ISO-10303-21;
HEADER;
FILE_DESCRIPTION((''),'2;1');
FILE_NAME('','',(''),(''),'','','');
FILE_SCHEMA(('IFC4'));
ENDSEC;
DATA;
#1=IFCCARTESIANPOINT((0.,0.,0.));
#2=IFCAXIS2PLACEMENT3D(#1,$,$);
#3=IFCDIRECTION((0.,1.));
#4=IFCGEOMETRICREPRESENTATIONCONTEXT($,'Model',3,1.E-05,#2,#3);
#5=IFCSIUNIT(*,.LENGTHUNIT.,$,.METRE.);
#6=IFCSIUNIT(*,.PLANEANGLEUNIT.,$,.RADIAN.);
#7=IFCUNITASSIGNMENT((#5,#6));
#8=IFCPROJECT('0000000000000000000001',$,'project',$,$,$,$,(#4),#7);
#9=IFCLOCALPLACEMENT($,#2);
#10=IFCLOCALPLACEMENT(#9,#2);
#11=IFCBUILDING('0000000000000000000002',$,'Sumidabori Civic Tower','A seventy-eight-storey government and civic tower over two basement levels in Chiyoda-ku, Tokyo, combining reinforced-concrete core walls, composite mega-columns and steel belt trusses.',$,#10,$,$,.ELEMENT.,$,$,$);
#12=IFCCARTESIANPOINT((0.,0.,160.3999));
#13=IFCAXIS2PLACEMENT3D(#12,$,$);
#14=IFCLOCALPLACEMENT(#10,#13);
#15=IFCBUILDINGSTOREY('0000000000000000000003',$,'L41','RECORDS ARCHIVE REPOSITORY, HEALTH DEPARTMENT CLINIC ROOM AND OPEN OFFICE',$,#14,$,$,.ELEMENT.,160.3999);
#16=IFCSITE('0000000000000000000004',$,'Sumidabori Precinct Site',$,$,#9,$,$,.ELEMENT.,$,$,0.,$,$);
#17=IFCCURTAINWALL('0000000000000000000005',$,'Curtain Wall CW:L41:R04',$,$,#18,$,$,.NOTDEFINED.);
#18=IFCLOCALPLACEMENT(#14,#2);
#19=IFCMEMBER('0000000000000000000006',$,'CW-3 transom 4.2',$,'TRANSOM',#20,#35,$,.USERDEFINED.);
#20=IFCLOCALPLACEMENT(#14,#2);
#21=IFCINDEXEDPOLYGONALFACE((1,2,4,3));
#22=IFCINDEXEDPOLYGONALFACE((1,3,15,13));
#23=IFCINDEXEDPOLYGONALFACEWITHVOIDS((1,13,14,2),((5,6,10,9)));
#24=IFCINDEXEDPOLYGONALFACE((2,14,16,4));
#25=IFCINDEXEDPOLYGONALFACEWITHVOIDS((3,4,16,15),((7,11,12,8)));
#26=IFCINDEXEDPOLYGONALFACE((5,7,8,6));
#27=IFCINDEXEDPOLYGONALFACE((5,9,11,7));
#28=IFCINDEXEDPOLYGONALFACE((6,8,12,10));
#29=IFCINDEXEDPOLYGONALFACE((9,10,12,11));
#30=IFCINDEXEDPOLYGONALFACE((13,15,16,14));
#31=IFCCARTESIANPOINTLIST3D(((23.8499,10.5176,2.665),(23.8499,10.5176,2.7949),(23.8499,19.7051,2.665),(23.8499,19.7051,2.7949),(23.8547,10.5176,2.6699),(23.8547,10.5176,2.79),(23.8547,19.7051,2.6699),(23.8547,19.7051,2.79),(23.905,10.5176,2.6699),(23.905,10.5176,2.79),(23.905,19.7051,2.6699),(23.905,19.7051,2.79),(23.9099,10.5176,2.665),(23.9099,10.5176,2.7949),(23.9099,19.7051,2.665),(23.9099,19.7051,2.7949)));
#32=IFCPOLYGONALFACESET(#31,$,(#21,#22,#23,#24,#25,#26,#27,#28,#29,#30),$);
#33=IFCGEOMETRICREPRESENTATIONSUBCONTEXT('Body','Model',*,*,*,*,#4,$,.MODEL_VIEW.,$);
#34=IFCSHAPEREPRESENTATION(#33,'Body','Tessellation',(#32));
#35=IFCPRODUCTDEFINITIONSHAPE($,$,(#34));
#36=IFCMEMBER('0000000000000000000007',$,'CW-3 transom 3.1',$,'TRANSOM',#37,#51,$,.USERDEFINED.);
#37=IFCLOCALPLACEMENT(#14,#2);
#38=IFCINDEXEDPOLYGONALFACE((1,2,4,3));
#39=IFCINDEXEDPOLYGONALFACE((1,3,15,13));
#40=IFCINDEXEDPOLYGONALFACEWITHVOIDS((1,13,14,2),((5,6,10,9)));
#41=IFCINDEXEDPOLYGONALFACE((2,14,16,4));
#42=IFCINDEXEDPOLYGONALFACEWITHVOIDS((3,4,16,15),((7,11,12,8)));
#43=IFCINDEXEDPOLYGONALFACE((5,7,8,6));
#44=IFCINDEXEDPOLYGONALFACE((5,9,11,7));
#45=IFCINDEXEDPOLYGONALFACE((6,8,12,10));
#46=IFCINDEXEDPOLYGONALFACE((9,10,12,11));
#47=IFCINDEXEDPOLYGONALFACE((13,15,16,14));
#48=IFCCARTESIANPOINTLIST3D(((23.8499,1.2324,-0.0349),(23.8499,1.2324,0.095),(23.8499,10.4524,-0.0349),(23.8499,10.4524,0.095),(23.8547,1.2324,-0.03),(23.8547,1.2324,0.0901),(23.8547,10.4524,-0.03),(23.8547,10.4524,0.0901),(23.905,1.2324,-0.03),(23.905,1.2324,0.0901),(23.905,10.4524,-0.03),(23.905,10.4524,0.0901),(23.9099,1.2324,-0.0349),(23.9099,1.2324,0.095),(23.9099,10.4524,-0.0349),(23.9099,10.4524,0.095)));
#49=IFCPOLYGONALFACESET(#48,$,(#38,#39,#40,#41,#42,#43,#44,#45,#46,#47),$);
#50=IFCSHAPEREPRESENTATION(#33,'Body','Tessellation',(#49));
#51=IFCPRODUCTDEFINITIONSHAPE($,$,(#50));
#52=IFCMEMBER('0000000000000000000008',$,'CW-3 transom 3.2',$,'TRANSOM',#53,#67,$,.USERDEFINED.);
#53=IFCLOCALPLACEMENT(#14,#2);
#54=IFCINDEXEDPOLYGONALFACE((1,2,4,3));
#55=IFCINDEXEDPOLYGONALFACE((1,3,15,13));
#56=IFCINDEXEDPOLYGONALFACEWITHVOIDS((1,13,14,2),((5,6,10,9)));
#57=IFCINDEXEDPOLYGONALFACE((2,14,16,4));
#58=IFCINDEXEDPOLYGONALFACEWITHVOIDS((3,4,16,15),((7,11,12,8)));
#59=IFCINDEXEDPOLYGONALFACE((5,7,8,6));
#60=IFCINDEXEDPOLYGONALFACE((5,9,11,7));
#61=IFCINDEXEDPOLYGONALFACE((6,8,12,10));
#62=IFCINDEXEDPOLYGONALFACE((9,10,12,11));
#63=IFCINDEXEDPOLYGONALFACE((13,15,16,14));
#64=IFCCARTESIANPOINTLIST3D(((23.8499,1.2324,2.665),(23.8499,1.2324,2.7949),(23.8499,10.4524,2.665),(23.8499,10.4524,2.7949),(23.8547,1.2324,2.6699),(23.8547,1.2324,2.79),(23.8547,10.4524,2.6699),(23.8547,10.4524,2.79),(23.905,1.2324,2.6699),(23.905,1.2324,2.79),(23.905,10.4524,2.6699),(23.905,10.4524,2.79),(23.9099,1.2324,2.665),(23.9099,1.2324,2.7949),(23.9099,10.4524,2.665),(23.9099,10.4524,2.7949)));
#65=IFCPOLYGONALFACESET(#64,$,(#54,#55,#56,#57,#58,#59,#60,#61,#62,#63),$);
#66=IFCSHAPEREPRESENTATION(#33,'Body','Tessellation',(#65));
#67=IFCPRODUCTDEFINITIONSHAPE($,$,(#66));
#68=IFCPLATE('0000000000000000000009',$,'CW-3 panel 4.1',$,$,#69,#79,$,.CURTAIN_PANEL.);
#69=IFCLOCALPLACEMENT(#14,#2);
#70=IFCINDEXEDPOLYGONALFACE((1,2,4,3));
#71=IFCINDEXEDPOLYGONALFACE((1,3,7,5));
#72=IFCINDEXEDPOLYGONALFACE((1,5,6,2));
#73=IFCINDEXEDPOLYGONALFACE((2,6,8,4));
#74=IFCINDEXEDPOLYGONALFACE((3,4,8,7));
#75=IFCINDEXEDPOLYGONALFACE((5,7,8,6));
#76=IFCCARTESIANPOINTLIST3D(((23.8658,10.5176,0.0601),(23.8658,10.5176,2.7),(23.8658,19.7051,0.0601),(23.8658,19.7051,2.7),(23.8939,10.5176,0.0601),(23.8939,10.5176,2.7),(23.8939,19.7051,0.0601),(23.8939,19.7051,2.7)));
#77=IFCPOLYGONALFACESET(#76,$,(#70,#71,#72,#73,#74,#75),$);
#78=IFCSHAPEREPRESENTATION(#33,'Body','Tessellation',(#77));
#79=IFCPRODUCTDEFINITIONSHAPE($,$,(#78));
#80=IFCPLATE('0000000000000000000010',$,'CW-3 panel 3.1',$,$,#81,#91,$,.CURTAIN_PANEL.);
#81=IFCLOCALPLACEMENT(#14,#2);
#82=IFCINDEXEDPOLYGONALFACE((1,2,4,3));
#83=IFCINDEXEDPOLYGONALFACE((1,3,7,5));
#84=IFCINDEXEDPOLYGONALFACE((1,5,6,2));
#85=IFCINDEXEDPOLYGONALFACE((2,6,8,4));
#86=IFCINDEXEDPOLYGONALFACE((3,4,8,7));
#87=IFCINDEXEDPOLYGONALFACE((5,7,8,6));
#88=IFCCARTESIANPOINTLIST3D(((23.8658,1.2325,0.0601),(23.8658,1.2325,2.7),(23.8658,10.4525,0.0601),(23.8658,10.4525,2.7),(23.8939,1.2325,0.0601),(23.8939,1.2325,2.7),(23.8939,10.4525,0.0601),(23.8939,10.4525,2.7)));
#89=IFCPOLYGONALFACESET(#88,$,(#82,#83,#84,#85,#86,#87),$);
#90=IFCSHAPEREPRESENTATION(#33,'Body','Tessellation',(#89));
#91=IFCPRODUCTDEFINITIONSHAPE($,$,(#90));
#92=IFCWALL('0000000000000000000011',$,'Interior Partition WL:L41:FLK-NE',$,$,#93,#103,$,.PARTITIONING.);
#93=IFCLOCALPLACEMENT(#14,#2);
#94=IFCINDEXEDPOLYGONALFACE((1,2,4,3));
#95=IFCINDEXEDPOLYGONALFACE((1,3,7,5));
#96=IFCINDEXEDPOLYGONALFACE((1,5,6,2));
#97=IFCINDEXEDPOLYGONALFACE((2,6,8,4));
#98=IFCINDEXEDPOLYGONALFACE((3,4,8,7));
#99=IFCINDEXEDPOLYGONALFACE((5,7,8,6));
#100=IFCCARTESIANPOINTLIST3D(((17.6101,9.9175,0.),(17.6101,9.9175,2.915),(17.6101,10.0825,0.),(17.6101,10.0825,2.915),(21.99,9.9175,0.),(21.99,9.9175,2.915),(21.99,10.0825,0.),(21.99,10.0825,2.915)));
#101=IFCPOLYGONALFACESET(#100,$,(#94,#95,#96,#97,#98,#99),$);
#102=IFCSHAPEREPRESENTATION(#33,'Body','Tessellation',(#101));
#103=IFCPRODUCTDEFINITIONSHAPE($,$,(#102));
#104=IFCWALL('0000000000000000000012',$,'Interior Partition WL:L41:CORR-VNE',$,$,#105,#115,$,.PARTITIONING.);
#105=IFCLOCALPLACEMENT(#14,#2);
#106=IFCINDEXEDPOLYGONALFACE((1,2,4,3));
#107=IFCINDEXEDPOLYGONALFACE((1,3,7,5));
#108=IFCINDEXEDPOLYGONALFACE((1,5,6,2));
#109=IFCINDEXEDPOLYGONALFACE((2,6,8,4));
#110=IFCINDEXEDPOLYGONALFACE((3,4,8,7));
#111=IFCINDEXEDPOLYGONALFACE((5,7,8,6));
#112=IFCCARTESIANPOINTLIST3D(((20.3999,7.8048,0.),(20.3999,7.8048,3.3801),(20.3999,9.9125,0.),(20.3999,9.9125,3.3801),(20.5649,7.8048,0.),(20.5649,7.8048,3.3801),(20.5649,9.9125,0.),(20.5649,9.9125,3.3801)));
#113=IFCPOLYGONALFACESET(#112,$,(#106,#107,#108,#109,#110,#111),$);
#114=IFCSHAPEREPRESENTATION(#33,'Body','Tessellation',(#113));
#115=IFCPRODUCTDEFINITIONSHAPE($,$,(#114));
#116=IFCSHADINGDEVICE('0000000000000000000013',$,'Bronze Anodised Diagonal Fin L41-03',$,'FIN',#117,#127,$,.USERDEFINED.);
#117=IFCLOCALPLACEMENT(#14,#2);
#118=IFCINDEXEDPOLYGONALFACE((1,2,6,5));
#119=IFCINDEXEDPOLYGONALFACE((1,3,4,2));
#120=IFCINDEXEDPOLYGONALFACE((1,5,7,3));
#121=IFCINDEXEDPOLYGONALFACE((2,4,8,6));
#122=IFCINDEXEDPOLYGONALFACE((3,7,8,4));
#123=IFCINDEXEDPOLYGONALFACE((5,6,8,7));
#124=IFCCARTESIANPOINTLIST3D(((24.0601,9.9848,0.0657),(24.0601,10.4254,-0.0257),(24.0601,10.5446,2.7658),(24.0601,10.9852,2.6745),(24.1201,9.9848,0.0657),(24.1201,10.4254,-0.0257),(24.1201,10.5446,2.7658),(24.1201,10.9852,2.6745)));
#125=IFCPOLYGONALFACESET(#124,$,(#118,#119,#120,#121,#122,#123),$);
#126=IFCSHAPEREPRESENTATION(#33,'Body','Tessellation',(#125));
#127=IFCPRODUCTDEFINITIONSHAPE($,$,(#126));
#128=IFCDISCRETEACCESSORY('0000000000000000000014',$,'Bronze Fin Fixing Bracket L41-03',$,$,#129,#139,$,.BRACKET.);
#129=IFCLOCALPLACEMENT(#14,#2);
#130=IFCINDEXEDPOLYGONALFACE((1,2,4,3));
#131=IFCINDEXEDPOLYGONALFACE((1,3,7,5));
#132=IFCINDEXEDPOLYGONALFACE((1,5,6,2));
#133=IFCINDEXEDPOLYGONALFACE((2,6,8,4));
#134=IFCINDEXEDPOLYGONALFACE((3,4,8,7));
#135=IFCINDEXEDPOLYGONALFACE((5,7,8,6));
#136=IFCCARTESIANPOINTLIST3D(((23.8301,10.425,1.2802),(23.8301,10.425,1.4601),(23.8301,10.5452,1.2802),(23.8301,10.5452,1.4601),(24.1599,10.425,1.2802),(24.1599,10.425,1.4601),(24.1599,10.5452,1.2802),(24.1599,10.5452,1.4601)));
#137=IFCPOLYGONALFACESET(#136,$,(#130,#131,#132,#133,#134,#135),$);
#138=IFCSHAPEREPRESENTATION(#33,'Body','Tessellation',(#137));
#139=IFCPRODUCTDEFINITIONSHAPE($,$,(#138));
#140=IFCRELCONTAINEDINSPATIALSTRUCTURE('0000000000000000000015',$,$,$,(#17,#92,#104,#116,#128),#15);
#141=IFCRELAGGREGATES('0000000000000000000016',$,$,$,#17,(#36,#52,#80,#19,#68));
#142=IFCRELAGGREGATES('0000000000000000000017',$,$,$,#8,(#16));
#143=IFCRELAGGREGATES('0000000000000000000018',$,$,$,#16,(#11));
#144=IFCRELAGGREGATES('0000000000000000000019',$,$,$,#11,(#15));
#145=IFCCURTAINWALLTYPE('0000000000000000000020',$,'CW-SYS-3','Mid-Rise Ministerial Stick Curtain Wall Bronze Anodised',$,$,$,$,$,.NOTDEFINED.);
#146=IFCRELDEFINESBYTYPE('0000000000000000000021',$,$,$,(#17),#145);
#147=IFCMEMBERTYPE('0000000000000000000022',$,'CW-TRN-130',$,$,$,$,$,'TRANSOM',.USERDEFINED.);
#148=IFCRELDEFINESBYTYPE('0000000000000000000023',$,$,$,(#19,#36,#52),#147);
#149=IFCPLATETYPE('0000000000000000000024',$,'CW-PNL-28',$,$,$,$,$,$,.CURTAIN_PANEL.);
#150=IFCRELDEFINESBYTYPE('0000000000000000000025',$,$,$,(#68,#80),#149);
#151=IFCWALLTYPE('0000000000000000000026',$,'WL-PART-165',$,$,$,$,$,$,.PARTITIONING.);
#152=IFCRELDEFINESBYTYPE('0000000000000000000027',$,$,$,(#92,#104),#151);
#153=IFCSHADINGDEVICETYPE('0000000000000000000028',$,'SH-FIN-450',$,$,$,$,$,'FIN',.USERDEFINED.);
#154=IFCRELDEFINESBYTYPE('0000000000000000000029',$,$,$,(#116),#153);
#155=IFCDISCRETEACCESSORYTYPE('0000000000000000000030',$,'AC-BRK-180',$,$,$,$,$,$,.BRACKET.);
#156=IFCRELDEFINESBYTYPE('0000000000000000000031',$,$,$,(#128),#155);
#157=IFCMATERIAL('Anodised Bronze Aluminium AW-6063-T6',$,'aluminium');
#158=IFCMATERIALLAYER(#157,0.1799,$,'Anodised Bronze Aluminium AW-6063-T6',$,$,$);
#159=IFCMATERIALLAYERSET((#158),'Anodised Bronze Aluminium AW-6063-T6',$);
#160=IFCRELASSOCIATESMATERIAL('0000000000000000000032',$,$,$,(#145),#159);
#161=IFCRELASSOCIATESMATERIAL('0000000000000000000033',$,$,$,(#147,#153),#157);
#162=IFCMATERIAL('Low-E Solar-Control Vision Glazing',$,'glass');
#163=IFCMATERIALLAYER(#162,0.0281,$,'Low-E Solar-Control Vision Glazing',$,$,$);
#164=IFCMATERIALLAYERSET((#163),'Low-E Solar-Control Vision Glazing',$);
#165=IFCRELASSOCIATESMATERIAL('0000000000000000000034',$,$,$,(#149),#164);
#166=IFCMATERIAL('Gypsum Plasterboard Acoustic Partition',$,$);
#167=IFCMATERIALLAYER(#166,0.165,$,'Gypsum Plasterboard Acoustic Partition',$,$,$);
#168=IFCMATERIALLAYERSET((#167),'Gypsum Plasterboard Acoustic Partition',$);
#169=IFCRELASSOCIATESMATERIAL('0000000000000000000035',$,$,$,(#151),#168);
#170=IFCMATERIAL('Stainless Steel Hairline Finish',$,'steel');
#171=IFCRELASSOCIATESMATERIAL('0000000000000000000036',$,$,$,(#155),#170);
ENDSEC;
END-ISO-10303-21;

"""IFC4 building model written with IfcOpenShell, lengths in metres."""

from ifc_helpers import new_model, si_unit, direction, frame, frame_2d, origin, origin_2d, place, context, subcontext, project, spatial, rectangle, hollow_rectangle, extrude, source, transform, mapped, material, layer, layer_set, material_profile, profile_set, type_object, element, aggregate, save


model = new_model("IFC4")

# Units and contexts
model_context = context("Model", 3, precision=1e-05, world=origin(), true_north=direction((0.0, 1.0)))
body_context = subcontext(model_context, "Body", "Model", "MODEL_VIEW")
ifc_project = project(units=[si_unit("LENGTHUNIT", "METRE"), si_unit("PLANEANGLEUNIT", "RADIAN")], contexts=[model_context])

# Site, building, storey
site_placement = place(None, origin())
site = spatial("IfcSite", under=ifc_project, at=site_placement, Name="Sumidabori Precinct Site", CompositionType="ELEMENT", RefElevation=0.0)
building_placement = place(site_placement, origin())
building = spatial("IfcBuilding", under=site, at=building_placement, Name="Sumidabori Civic Tower", Description="A seventy-eight-storey government and civic tower over two basement levels in Chiyoda-ku, Tokyo, combining reinforced-concrete core walls, composite mega-columns and steel belt trusses.", CompositionType="ELEMENT")
storey_placement = place(building_placement, frame((0.0, 0.0, 160.3999)))
storey = spatial("IfcBuildingStorey", under=building, at=storey_placement, Name="L41", Description="RECORDS ARCHIVE REPOSITORY, HEALTH DEPARTMENT CLINIC ROOM AND OPEN OFFICE", CompositionType="ELEMENT", Elevation=160.3999)

# Curtain wall, members, plates
ifc_material_1 = material(Name="Anodised Bronze Aluminium AW-6063-T6", Category="aluminium")
ifc_layer_1 = layer(ifc_material_1, 0.1799, Name="Anodised Bronze Aluminium AW-6063-T6")
ifc_layer_set_1 = layer_set([ifc_layer_1], Name="Anodised Bronze Aluminium AW-6063-T6")
curtain_wall_type = type_object("IfcCurtainWallType", Name="CW-SYS-3", Description="Mid-Rise Ministerial Stick Curtain Wall Bronze Anodised", PredefinedType="NOTDEFINED", material=ifc_layer_set_1)
curtain_wall_placement = place(storey_placement, origin())
curtain_wall = element("IfcCurtainWall", 1, at=curtain_wall_placement, inside=storey, type_object=curtain_wall_type, Name="Curtain Wall CW:L41:R04", PredefinedType="NOTDEFINED")
ifc_material_profile_1 = material_profile(ifc_material_1, hollow_rectangle(XDim=0.0601, YDim=0.1299, WallThickness=0.0049, at=origin_2d()), Name="ALU TRANSOM 130x60")
ifc_profile_set_1 = profile_set([ifc_material_profile_1], Name="Anodised Bronze Aluminium AW-6063-T6")
member_type_1 = type_object("IfcMemberType", Name="CW-TRN-130", ElementType="TRANSOM", PredefinedType="USERDEFINED", material=ifc_profile_set_1)
shared_shape_1 = source(origin(), body_context, "Body", "SweptSolid", [
    extrude(hollow_rectangle(XDim=0.0601, YDim=0.1299, WallThickness=0.0049, at=origin_2d()), origin(), (0.0, 0.0, 1.0), 9.1875),
])
member_1_placement = place(storey_placement, frame((23.8799, 10.5176, 2.73), z_axis=(0.0, 1.0, 0.0), x_axis=(-1.0, 0.0, 0.0)))
member_1 = element("IfcMember", 2, at=member_1_placement, type_object=member_type_1, Name="CW-3 transom 4.2", ObjectType="TRANSOM", PredefinedType="USERDEFINED", context=body_context, shape_type="MappedRepresentation", body=[
    mapped(shared_shape_1, transform((0.0, 0.0, 0.0), x_axis=(1.0, 0.0, 0.0), y_axis=(0.0, 1.0, 0.0), z_axis=(0.0, 0.0, 1.0), scale=1.0)),
])
shared_shape_2 = source(origin(), body_context, "Body", "SweptSolid", [
    extrude(hollow_rectangle(XDim=0.0601, YDim=0.1299, WallThickness=0.0049, at=origin_2d()), origin(), (0.0, 0.0, 1.0), 9.22),
])
member_2_placement = place(storey_placement, frame((23.8799, 1.2324, 0.03), z_axis=(0.0, 1.0, 0.0), x_axis=(-1.0, 0.0, 0.0)))
member_2 = element("IfcMember", 3, at=member_2_placement, type_object=member_type_1, Name="CW-3 transom 3.1", ObjectType="TRANSOM", PredefinedType="USERDEFINED", context=body_context, shape_type="MappedRepresentation", body=[
    mapped(shared_shape_2, transform((0.0, 0.0, 0.0), x_axis=(1.0, 0.0, 0.0), y_axis=(0.0, 1.0, 0.0), z_axis=(0.0, 0.0, 1.0), scale=1.0)),
])
member_3_placement = place(storey_placement, frame((23.8799, 1.2324, 2.73), z_axis=(0.0, 1.0, 0.0), x_axis=(-1.0, 0.0, 0.0)))
member_3 = element("IfcMember", 4, at=member_3_placement, type_object=member_type_1, Name="CW-3 transom 3.2", ObjectType="TRANSOM", PredefinedType="USERDEFINED", context=body_context, shape_type="MappedRepresentation", body=[
    mapped(shared_shape_2, transform((0.0, 0.0, 0.0), x_axis=(1.0, 0.0, 0.0), y_axis=(0.0, 1.0, 0.0), z_axis=(0.0, 0.0, 1.0), scale=1.0)),
])
ifc_material_2 = material(Name="Low-E Solar-Control Vision Glazing", Category="glass")
ifc_layer_2 = layer(ifc_material_2, 0.0281, Name="Low-E Solar-Control Vision Glazing")
ifc_layer_set_2 = layer_set([ifc_layer_2], Name="Low-E Solar-Control Vision Glazing")
plate_type = type_object("IfcPlateType", Name="CW-PNL-28", PredefinedType="CURTAIN_PANEL", material=ifc_layer_set_2)
shared_shape_3 = source(origin(), body_context, "Body", "SweptSolid", [
    extrude(rectangle(XDim=9.1875, YDim=0.0281, at=origin_2d()), origin(), (0.0, 0.0, 1.0), 2.6399),
])
plate_1_placement = place(storey_placement, frame((23.8799, 15.1113, 0.0601), z_axis=(0.0, 0.0, 1.0), x_axis=(0.0, 1.0, 0.0)))
plate_1 = element("IfcPlate", 5, at=plate_1_placement, type_object=plate_type, Name="CW-3 panel 4.1", PredefinedType="CURTAIN_PANEL", context=body_context, shape_type="MappedRepresentation", body=[
    mapped(shared_shape_3, transform((0.0, 0.0, 0.0), x_axis=(1.0, 0.0, 0.0), y_axis=(0.0, 1.0, 0.0), z_axis=(0.0, 0.0, 1.0), scale=1.0)),
])
shared_shape_4 = source(origin(), body_context, "Body", "SweptSolid", [
    extrude(rectangle(XDim=9.22, YDim=0.0281, at=origin_2d()), origin(), (0.0, 0.0, 1.0), 2.6399),
])
plate_2_placement = place(storey_placement, frame((23.8799, 5.8425, 0.0601), z_axis=(0.0, 0.0, 1.0), x_axis=(0.0, 1.0, 0.0)))
plate_2 = element("IfcPlate", 6, at=plate_2_placement, type_object=plate_type, Name="CW-3 panel 3.1", PredefinedType="CURTAIN_PANEL", context=body_context, shape_type="MappedRepresentation", body=[
    mapped(shared_shape_4, transform((0.0, 0.0, 0.0), x_axis=(1.0, 0.0, 0.0), y_axis=(0.0, 1.0, 0.0), z_axis=(0.0, 0.0, 1.0), scale=1.0)),
])
aggregate(curtain_wall, [member_2, member_3, plate_2, member_1, plate_1])

# Walls
ifc_material_3 = material(Name="Gypsum Plasterboard Acoustic Partition")
ifc_layer_3 = layer(ifc_material_3, 0.165, Name="Gypsum Plasterboard Acoustic Partition")
ifc_layer_set_3 = layer_set([ifc_layer_3], Name="Gypsum Plasterboard Acoustic Partition")
wall_type = type_object("IfcWallType", Name="WL-PART-165", PredefinedType="PARTITIONING", material=ifc_layer_set_3)
shared_shape_5 = source(origin(), body_context, "Body", "SweptSolid", [
    extrude(rectangle(XDim=4.3799, YDim=0.165, at=frame_2d((2.1899, 0.0))), origin(), (0.0, 0.0, 1.0), 2.915),
])
wall_1_placement = place(storey_placement, frame((17.6101, 10.0, 0.0), z_axis=(0.0, 0.0, 1.0), x_axis=(1.0, 0.0, 0.0)))
element("IfcWall", 7, at=wall_1_placement, inside=storey, type_object=wall_type, Name="Interior Partition WL:L41:FLK-NE", PredefinedType="PARTITIONING", context=body_context, shape_type="MappedRepresentation", body=[
    mapped(shared_shape_5, transform((0.0, 0.0, 0.0), x_axis=(1.0, 0.0, 0.0), y_axis=(0.0, 1.0, 0.0), z_axis=(0.0, 0.0, 1.0), scale=1.0)),
])
shared_shape_6 = source(origin(), body_context, "Body", "SweptSolid", [
    extrude(rectangle(XDim=2.1077, YDim=0.165, at=frame_2d((1.0537, 0.0))), origin(), (0.0, 0.0, 1.0), 3.3801),
])
wall_2_placement = place(storey_placement, frame((20.4824, 7.8049, 0.0), z_axis=(0.0, 0.0, 1.0), x_axis=(0.0, 1.0, 0.0)))
element("IfcWall", 8, at=wall_2_placement, inside=storey, type_object=wall_type, Name="Interior Partition WL:L41:CORR-VNE", PredefinedType="PARTITIONING", context=body_context, shape_type="MappedRepresentation", body=[
    mapped(shared_shape_6, transform((0.0, 0.0, 0.0), x_axis=(1.0, 0.0, 0.0), y_axis=(0.0, 1.0, 0.0), z_axis=(0.0, 0.0, 1.0), scale=1.0)),
])

# Shading device
ifc_material_profile_2 = material_profile(ifc_material_1, rectangle(XDim=0.0601, YDim=0.45, at=origin_2d()), Name="BRONZE FIN 450x60")
ifc_profile_set_2 = profile_set([ifc_material_profile_2], Name="Anodised Bronze Aluminium AW-6063-T6")
shading_device_type = type_object("IfcShadingDeviceType", Name="SH-FIN-450", ElementType="FIN", PredefinedType="USERDEFINED", material=ifc_profile_set_2)
shared_shape_7 = source(origin(), body_context, "Body", "SweptSolid", [
    extrude(rectangle(XDim=0.0601, YDim=0.45, at=origin_2d()), origin(), (0.0, 0.0, 1.0), 2.7576),
])
shading_device_placement = place(storey_placement, frame((24.0901, 10.2051, 0.02), z_axis=(0.0, 0.203007, 0.979177), x_axis=(-1.0, 0.0, 0.0)))
element("IfcShadingDevice", 9, at=shading_device_placement, inside=storey, type_object=shading_device_type, Name="Bronze Anodised Diagonal Fin L41-03", ObjectType="FIN", PredefinedType="USERDEFINED", context=body_context, shape_type="MappedRepresentation", body=[
    mapped(shared_shape_7, transform((0.0, 0.0, 0.0), x_axis=(1.0, 0.0, 0.0), y_axis=(0.0, 1.0, 0.0), z_axis=(0.0, 0.0, 1.0), scale=1.0)),
])

# Discrete accessory
ifc_material_4 = material(Name="Stainless Steel Hairline Finish", Category="steel")
ifc_material_profile_3 = material_profile(ifc_material_4, rectangle(XDim=0.1201, YDim=0.1799, at=origin_2d()), Name="STEEL BRACKET 180x120")
ifc_profile_set_3 = profile_set([ifc_material_profile_3], Name="Stainless Steel Hairline Finish")
discrete_accessory_type = type_object("IfcDiscreteAccessoryType", Name="AC-BRK-180", PredefinedType="BRACKET", material=ifc_profile_set_3)
shared_shape_8 = source(origin(), body_context, "Body", "SweptSolid", [
    extrude(rectangle(XDim=0.1201, YDim=0.1799, at=origin_2d()), origin(), (0.0, 0.0, 1.0), 0.3298),
])
discrete_accessory_placement = place(storey_placement, frame((23.8301, 10.4851, 1.3701), z_axis=(1.0, 0.0, 0.0), x_axis=(0.0, 1.0, 0.0)))
element("IfcDiscreteAccessory", 10, at=discrete_accessory_placement, inside=storey, type_object=discrete_accessory_type, Name="Bronze Fin Fixing Bracket L41-03", PredefinedType="BRACKET", context=body_context, shape_type="MappedRepresentation", body=[
    mapped(shared_shape_8, transform((0.0, 0.0, 0.0), x_axis=(1.0, 0.0, 0.0), y_axis=(0.0, 1.0, 0.0), z_axis=(0.0, 0.0, 1.0), scale=1.0)),
])

save(model, "model.ifc")
